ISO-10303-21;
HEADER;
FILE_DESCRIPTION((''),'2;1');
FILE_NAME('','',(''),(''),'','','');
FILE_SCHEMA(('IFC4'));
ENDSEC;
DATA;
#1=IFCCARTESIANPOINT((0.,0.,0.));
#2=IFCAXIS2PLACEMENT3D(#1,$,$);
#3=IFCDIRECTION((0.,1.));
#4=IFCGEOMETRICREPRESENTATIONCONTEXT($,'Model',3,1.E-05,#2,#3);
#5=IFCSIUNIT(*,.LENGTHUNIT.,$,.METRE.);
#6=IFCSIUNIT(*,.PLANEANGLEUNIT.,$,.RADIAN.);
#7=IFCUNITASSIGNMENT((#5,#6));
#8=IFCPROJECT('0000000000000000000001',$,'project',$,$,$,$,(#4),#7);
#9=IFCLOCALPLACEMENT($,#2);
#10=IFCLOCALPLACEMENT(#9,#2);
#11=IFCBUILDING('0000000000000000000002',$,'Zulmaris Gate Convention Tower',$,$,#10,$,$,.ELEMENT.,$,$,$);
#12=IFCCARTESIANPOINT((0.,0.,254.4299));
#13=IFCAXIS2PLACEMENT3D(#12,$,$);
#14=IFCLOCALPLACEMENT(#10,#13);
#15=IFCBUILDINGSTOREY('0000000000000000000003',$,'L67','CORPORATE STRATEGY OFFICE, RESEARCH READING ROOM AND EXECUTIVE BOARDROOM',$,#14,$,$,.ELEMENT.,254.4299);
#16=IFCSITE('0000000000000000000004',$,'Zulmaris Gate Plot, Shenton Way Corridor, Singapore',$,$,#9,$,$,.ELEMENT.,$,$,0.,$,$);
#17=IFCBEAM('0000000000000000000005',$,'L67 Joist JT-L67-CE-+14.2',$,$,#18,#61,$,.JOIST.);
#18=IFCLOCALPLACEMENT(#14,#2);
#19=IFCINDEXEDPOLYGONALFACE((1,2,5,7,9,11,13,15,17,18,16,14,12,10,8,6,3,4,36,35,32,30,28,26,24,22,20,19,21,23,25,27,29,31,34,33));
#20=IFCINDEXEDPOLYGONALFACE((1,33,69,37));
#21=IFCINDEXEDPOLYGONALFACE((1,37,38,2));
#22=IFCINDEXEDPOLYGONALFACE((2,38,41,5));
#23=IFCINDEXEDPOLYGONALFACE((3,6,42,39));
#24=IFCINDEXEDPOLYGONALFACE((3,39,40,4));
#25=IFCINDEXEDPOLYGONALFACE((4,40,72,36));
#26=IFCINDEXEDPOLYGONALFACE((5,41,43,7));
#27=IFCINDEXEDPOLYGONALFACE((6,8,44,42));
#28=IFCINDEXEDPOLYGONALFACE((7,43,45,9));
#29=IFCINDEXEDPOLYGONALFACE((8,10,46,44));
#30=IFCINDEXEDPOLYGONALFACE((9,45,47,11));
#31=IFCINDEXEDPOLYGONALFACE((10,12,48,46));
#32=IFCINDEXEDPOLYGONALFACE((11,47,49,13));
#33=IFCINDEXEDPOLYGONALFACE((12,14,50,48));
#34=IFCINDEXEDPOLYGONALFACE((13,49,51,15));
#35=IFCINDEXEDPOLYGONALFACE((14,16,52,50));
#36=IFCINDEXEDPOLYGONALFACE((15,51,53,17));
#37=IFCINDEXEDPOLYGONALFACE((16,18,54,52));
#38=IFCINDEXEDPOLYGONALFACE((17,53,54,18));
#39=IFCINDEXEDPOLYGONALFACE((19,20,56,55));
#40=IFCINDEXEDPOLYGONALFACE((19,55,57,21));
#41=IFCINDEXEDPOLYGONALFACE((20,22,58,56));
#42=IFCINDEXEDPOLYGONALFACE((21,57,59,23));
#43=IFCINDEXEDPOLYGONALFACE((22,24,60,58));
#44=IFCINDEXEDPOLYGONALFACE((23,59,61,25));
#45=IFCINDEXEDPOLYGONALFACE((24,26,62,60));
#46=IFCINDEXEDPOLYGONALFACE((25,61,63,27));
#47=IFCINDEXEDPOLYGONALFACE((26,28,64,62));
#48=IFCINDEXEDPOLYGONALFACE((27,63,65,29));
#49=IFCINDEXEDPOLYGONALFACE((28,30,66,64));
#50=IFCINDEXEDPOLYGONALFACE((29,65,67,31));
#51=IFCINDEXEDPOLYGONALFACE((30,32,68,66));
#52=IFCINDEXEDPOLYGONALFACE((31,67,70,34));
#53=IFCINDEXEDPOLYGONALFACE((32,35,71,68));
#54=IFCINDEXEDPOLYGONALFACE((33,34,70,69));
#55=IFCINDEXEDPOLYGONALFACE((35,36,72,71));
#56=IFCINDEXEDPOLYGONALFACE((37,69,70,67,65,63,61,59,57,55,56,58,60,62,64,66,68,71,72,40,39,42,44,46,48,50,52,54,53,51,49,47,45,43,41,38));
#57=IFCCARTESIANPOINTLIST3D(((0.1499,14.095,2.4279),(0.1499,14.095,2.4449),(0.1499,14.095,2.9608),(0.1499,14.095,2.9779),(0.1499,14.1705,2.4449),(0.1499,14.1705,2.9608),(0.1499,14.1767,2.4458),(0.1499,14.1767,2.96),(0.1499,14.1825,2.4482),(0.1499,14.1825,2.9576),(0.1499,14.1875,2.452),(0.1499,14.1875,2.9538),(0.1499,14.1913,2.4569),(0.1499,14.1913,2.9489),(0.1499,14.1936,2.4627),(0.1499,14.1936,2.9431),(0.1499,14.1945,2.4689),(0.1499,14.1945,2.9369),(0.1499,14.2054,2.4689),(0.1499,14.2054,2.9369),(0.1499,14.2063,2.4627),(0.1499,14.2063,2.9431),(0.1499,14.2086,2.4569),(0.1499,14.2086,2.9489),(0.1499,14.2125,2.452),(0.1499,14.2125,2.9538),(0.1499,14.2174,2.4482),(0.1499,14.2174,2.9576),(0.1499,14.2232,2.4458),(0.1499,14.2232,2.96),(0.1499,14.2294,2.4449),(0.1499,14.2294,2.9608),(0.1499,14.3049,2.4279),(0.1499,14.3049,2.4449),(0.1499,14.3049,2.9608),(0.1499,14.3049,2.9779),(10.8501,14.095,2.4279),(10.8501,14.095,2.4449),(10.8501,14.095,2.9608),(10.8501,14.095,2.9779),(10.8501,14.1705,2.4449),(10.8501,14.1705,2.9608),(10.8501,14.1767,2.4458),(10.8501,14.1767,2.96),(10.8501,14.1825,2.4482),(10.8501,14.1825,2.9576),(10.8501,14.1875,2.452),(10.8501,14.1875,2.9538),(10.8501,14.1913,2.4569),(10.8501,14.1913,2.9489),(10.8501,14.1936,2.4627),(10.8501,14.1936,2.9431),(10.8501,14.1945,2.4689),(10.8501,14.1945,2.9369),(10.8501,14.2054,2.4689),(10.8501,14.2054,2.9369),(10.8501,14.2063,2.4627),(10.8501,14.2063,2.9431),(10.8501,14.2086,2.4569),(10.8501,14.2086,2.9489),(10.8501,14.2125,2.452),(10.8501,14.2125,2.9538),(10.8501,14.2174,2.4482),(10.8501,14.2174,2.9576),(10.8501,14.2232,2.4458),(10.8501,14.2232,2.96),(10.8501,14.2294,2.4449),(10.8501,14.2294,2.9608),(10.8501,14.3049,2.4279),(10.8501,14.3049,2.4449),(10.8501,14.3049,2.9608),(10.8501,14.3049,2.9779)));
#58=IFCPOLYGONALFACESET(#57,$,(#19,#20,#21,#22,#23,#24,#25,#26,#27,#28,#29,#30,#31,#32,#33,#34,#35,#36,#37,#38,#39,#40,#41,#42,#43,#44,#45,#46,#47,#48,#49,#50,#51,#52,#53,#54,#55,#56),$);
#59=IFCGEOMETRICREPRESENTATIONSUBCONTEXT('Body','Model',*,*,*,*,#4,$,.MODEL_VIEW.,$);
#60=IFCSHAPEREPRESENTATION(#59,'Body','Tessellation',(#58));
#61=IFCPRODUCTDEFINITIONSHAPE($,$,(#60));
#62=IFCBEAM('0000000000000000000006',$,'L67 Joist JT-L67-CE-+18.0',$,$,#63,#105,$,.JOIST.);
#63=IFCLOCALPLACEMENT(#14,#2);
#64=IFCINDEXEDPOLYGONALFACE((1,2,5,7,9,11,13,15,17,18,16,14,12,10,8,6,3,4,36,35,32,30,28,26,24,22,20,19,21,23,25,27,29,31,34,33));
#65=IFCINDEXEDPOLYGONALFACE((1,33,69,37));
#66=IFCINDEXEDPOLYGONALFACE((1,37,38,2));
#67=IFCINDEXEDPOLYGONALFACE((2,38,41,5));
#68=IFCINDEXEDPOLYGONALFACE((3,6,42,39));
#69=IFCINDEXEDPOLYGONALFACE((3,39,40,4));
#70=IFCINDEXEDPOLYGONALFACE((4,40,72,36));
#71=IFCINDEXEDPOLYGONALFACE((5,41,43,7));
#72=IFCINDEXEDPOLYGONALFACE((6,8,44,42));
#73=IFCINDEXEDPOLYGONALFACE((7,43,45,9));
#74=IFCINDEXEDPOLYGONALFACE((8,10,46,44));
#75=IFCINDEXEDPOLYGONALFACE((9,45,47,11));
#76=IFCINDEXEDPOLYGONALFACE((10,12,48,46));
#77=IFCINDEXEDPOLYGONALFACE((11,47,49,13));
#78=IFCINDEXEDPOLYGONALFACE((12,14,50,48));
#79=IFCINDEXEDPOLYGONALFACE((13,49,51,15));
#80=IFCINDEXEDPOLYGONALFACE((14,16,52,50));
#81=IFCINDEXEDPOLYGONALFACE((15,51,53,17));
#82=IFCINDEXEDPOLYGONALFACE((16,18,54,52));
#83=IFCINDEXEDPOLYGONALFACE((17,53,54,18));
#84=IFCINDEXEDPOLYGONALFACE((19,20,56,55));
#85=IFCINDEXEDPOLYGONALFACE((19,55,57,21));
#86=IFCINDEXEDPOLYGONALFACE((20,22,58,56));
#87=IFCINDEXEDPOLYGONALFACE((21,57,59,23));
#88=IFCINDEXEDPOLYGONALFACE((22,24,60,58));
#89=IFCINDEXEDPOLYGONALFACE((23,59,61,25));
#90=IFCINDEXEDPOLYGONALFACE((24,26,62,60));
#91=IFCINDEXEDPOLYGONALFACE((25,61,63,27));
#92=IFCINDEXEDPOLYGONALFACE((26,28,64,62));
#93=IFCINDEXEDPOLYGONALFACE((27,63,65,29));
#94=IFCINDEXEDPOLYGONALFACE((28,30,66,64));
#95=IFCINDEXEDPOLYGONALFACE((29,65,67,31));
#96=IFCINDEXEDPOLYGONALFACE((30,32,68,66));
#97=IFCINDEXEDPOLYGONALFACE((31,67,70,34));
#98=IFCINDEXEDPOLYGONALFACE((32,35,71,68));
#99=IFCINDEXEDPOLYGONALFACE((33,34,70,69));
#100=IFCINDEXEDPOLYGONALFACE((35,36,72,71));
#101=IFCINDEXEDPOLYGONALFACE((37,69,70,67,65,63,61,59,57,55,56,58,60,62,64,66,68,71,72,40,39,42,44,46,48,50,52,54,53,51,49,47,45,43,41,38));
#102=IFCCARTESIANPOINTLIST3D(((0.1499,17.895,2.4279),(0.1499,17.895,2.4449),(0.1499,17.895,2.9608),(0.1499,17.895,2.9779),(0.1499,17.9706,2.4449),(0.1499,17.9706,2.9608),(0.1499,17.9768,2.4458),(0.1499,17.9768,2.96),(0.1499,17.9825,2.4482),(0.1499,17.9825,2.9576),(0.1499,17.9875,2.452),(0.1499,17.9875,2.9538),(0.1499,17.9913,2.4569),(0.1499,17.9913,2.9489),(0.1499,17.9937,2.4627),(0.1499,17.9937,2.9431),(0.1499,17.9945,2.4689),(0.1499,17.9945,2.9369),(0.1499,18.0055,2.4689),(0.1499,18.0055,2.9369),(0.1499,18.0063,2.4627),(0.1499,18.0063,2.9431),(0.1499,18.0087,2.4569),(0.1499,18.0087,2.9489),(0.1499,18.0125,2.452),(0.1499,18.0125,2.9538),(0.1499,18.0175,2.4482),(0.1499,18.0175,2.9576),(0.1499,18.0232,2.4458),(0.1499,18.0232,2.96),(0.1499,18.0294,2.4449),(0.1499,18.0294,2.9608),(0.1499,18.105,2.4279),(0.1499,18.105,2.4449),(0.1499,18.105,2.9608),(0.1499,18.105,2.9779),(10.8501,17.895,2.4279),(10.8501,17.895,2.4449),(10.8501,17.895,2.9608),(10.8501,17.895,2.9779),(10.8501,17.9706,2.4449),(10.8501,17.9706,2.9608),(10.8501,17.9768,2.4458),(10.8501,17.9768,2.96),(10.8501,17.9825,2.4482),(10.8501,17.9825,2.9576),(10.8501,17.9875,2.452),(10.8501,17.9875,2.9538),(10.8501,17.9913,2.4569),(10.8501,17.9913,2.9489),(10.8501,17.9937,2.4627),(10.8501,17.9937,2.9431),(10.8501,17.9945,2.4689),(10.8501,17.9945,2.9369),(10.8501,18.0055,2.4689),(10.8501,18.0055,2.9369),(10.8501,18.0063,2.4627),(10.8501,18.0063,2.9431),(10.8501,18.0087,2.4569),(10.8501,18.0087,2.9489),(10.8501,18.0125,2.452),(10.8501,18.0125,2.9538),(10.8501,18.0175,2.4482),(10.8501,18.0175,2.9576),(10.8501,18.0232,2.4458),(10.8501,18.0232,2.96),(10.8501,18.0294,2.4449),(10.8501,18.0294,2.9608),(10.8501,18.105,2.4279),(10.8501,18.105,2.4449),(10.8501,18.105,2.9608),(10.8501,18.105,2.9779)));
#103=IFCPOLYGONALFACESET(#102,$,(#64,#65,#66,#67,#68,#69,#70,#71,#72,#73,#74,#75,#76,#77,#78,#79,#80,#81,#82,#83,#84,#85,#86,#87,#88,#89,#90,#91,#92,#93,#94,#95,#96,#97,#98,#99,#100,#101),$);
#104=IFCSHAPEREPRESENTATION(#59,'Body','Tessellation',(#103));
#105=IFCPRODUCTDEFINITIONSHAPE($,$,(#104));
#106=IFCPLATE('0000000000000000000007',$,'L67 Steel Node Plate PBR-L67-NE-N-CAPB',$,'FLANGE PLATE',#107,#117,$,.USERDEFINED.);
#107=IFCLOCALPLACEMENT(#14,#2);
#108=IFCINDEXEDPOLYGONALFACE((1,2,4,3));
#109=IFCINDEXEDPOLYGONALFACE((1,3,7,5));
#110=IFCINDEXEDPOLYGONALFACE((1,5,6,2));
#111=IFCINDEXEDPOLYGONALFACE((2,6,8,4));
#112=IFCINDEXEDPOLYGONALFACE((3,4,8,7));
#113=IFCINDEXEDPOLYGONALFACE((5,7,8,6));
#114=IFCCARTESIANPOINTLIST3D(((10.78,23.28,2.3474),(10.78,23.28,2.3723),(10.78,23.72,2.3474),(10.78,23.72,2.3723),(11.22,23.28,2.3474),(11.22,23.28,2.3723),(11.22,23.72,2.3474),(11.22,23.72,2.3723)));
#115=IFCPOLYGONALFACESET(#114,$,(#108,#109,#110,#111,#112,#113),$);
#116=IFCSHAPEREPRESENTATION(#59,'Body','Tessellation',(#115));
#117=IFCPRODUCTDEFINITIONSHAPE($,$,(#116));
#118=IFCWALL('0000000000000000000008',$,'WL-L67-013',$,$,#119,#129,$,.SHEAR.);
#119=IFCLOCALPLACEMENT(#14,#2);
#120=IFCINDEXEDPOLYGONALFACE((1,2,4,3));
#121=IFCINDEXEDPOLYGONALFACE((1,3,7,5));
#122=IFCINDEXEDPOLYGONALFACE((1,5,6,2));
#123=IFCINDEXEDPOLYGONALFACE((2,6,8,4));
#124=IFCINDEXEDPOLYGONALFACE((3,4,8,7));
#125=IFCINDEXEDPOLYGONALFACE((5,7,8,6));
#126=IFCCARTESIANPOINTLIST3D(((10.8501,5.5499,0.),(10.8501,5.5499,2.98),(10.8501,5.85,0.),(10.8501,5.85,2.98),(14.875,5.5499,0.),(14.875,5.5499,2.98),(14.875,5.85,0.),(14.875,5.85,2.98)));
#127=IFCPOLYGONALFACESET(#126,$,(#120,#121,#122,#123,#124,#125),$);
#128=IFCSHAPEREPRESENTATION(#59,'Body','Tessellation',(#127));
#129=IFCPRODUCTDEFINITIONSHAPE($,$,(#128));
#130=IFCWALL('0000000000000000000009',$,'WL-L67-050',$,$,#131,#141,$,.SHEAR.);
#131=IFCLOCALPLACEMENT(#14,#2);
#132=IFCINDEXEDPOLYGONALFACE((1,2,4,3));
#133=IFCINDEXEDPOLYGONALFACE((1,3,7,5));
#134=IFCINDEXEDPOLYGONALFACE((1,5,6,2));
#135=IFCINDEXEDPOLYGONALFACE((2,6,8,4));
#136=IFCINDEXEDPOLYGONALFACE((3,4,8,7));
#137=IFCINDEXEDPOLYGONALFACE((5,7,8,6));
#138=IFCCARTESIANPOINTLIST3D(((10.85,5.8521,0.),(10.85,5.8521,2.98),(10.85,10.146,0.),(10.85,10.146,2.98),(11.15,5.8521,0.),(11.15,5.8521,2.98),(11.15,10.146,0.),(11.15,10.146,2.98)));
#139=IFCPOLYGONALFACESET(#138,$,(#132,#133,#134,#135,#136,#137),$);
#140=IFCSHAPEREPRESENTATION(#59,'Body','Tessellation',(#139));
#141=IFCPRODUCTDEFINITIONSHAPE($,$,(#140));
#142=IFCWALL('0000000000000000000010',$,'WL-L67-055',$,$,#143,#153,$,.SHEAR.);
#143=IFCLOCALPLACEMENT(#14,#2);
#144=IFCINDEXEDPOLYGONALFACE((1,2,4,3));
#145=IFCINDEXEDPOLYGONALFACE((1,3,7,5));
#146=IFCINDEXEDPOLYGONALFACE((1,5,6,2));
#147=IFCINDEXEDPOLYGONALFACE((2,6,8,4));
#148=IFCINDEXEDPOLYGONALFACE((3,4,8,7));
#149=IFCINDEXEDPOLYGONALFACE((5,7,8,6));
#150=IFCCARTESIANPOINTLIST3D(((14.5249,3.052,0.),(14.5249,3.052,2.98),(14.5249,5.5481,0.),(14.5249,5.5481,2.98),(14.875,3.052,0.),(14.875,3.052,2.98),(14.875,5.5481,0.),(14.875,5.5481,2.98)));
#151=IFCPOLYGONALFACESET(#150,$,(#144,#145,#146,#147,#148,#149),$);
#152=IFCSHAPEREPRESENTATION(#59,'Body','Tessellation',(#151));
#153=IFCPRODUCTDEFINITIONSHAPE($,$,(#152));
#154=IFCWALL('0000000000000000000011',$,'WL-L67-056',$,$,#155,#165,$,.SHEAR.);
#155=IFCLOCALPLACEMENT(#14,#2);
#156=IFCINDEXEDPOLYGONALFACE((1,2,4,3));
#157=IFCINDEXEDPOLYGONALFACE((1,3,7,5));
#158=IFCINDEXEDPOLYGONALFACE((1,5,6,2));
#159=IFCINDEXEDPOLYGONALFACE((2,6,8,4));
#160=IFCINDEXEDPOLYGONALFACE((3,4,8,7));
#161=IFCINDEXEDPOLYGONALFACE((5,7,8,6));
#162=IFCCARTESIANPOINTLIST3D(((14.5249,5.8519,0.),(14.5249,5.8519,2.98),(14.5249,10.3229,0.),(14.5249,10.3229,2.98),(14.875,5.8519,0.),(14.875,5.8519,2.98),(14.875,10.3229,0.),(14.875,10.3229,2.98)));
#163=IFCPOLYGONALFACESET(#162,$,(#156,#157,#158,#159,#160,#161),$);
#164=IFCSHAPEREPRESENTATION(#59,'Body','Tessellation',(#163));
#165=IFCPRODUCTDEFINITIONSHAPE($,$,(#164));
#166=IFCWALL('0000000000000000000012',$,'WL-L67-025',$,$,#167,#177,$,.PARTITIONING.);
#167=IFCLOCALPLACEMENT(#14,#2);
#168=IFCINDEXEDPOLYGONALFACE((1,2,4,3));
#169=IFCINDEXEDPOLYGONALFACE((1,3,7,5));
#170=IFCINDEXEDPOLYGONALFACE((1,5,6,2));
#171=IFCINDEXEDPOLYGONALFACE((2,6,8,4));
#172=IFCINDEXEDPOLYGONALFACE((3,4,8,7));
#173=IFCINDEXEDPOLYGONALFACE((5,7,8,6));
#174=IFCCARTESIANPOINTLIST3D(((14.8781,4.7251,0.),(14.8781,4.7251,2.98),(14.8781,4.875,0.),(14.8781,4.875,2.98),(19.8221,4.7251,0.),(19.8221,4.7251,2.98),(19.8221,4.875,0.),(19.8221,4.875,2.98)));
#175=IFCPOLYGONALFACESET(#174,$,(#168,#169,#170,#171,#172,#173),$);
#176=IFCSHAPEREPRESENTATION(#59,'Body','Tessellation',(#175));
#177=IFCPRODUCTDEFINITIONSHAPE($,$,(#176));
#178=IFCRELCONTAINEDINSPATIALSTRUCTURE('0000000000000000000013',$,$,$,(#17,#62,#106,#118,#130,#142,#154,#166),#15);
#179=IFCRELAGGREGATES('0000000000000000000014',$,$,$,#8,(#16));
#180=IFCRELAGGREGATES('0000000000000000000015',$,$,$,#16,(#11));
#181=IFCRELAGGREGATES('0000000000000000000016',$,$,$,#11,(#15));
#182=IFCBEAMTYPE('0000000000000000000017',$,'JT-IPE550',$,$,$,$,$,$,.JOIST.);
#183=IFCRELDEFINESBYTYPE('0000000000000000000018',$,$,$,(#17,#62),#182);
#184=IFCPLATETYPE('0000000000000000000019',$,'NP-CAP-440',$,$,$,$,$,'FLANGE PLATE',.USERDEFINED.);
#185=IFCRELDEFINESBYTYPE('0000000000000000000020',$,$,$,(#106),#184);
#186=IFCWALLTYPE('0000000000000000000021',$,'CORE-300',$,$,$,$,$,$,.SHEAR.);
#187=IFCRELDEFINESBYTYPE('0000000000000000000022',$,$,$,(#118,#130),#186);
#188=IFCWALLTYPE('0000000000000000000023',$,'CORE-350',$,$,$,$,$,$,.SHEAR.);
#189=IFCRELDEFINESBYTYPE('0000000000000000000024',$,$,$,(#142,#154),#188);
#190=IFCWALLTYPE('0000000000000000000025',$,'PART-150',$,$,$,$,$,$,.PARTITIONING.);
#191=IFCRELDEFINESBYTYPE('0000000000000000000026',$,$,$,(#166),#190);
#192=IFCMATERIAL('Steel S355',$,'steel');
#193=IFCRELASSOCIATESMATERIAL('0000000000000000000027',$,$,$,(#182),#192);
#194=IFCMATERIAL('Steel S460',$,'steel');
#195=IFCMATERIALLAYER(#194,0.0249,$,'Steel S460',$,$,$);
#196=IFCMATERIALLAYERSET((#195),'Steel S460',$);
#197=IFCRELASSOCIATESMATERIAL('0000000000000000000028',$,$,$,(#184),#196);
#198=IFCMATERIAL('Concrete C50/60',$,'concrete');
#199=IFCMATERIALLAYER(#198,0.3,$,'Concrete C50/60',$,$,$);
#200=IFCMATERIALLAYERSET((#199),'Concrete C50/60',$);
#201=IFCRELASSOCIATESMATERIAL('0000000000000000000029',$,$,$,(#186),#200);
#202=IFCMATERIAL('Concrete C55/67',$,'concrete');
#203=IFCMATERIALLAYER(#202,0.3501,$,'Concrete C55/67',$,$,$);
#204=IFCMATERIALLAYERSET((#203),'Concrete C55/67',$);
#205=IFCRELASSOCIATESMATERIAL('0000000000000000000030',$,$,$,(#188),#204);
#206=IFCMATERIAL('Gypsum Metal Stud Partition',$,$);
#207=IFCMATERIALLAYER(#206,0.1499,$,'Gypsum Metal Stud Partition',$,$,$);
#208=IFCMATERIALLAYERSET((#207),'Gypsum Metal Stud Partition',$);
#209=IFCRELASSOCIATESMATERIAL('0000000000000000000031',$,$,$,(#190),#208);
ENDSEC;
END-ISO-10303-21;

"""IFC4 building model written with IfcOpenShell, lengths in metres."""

from ifc_helpers import new_model, si_unit, direction, frame, frame_2d, origin, origin_2d, place, context, subcontext, project, spatial, rectangle, i_section, extrude, material, layer, layer_set, material_profile, profile_set, type_object, element, save


model = new_model("IFC4")

# Units and contexts
model_context = context("Model", 3, precision=1e-05, world=origin(), true_north=direction((0.0, 1.0)))
body_context = subcontext(model_context, "Body", "Model", "MODEL_VIEW")
ifc_project = project(units=[si_unit("LENGTHUNIT", "METRE"), si_unit("PLANEANGLEUNIT", "RADIAN")], contexts=[model_context])

# Site, building, storey
site_placement = place(None, origin())
site = spatial("IfcSite", under=ifc_project, at=site_placement, Name="Zulmaris Gate Plot, Shenton Way Corridor, Singapore", CompositionType="ELEMENT", RefElevation=0.0)
building_placement = place(site_placement, origin())
building = spatial("IfcBuilding", under=site, at=building_placement, Name="Zulmaris Gate Convention Tower", CompositionType="ELEMENT")
storey_placement = place(building_placement, frame((0.0, 0.0, 254.4299)))
storey = spatial("IfcBuildingStorey", under=building, at=storey_placement, Name="L67", Description="CORPORATE STRATEGY OFFICE, RESEARCH READING ROOM AND EXECUTIVE BOARDROOM", CompositionType="ELEMENT", Elevation=254.4299)

# Shared definitions
ifc_material_1 = material(Name="Concrete C50/60", Category="concrete")

# Beams
ifc_material_2 = material(Name="Steel S355", Category="steel")
ifc_material_profile_1 = material_profile(ifc_material_2, i_section(OverallWidth=0.21, OverallDepth=0.55, WebThickness=0.011, FlangeThickness=0.0171, FilletRadius=0.0239, at=origin_2d()), Name="IPE 550")
ifc_profile_set_1 = profile_set([ifc_material_profile_1], Name="Steel S355")
beam_type_1 = type_object("IfcBeamType", Name="JT-IPE550", PredefinedType="JOIST", material=ifc_profile_set_1)
for number, where, z_axis, x_axis, name in (
    (1, (0.1499, 14.2, 2.7029), (1.0, 0.0, 0.0), (0.0, 1.0, 0.0), "L67 Joist JT-L67-CE-+14.2"),
    (2, (0.1499, 18.0, 2.7029), (1.0, 0.0, 0.0), (0.0, 1.0, 0.0), "L67 Joist JT-L67-CE-+18.0"),
):
    element("IfcBeam", number, at=place(storey_placement, frame(where, z_axis=z_axis, x_axis=x_axis)), inside=storey, type_object=beam_type_1, Name=name, PredefinedType="JOIST", context=body_context, shape_type="SweptSolid", body=[
        extrude(i_section(OverallWidth=0.21, OverallDepth=0.55, WebThickness=0.011, FlangeThickness=0.0171, FilletRadius=0.0239, at=origin_2d()), origin(), (0.0, 0.0, 1.0), 10.7002),
    ])

# Plate
ifc_material_3 = material(Name="Steel S460", Category="steel")
ifc_layer_1 = layer(ifc_material_3, 0.0249, Name="Steel S460")
ifc_layer_set_1 = layer_set([ifc_layer_1], Name="Steel S460")
plate_type = type_object("IfcPlateType", Name="NP-CAP-440", ElementType="FLANGE PLATE", PredefinedType="USERDEFINED", material=ifc_layer_set_1)
plate_placement = place(storey_placement, frame((11.0, 23.5, 2.3474), z_axis=(0.0, 0.0, 1.0), x_axis=(1.0, 0.0, 0.0)))
element("IfcPlate", 3, at=plate_placement, inside=storey, type_object=plate_type, Name="L67 Steel Node Plate PBR-L67-NE-N-CAPB", ObjectType="FLANGE PLATE", PredefinedType="USERDEFINED", context=body_context, shape_type="SweptSolid", body=[
    extrude(rectangle(XDim=0.4399, YDim=0.4399, at=origin_2d()), origin(), (0.0, 0.0, 1.0), 0.0249),
])

# Wall
ifc_layer_2 = layer(ifc_material_1, 0.3, Name="Concrete C50/60")
ifc_layer_set_2 = layer_set([ifc_layer_2], Name="Concrete C50/60")
wall_type_1 = type_object("IfcWallType", Name="CORE-300", PredefinedType="SHEAR", material=ifc_layer_set_2)
wall_1_placement = place(storey_placement, frame((10.8501, 5.7, 0.0), z_axis=(0.0, 0.0, 1.0), x_axis=(1.0, 0.0, 0.0)))
element("IfcWall", 4, at=wall_1_placement, inside=storey, type_object=wall_type_1, Name="WL-L67-013", PredefinedType="SHEAR", context=body_context, shape_type="SweptSolid", body=[
    extrude(rectangle(XDim=4.0249, YDim=0.3, at=frame_2d((2.0125, 0.0))), origin(), (0.0, 0.0, 1.0), 2.98),
])

# Wall
wall_2_placement = place(storey_placement, frame((11.0, 5.8521, 0.0), z_axis=(0.0, 0.0, 1.0), x_axis=(0.0, 1.0, 0.0)))
element("IfcWall", 5, at=wall_2_placement, inside=storey, type_object=wall_type_1, Name="WL-L67-050", PredefinedType="SHEAR", context=body_context, shape_type="SweptSolid", body=[
    extrude(rectangle(XDim=4.2939, YDim=0.3, at=frame_2d((2.147, 0.0))), origin(), (0.0, 0.0, 1.0), 2.98),
])

# Shared definitions
ifc_material_4 = material(Name="Concrete C55/67", Category="concrete")
ifc_layer_3 = layer(ifc_material_4, 0.3501, Name="Concrete C55/67")
ifc_layer_set_3 = layer_set([ifc_layer_3], Name="Concrete C55/67")
wall_type_2 = type_object("IfcWallType", Name="CORE-350", PredefinedType="SHEAR", material=ifc_layer_set_3)

# Walls
wall_3_placement = place(storey_placement, frame((14.7, 3.052, 0.0), z_axis=(0.0, 0.0, 1.0), x_axis=(0.0, 1.0, 0.0)))
element("IfcWall", 6, at=wall_3_placement, inside=storey, type_object=wall_type_2, Name="WL-L67-055", PredefinedType="SHEAR", context=body_context, shape_type="SweptSolid", body=[
    extrude(rectangle(XDim=2.4961, YDim=0.3501, at=frame_2d((1.248, 0.0))), origin(), (0.0, 0.0, 1.0), 2.98),
])
wall_4_placement = place(storey_placement, frame((14.7, 5.8521, 0.0), z_axis=(0.0, 0.0, 1.0), x_axis=(0.0, 1.0, 0.0)))
element("IfcWall", 7, at=wall_4_placement, inside=storey, type_object=wall_type_2, Name="WL-L67-056", PredefinedType="SHEAR", context=body_context, shape_type="SweptSolid", body=[
    extrude(rectangle(XDim=4.4709, YDim=0.3501, at=frame_2d((2.2354, 0.0))), origin(), (0.0, 0.0, 1.0), 2.98),
])
ifc_material_5 = material(Name="Gypsum Metal Stud Partition")
ifc_layer_4 = layer(ifc_material_5, 0.1499, Name="Gypsum Metal Stud Partition")
ifc_layer_set_4 = layer_set([ifc_layer_4], Name="Gypsum Metal Stud Partition")
wall_type_3 = type_object("IfcWallType", Name="PART-150", PredefinedType="PARTITIONING", material=ifc_layer_set_4)
wall_5_placement = place(storey_placement, frame((14.8779, 4.8, 0.0), z_axis=(0.0, 0.0, 1.0), x_axis=(1.0, 0.0, 0.0)))
element("IfcWall", 8, at=wall_5_placement, inside=storey, type_object=wall_type_3, Name="WL-L67-025", PredefinedType="PARTITIONING", context=body_context, shape_type="SweptSolid", body=[
    extrude(rectangle(XDim=4.9441, YDim=0.1499, at=frame_2d((2.4722, 0.0))), origin(), (0.0, 0.0, 1.0), 2.98),
])

save(model, "model.ifc")
